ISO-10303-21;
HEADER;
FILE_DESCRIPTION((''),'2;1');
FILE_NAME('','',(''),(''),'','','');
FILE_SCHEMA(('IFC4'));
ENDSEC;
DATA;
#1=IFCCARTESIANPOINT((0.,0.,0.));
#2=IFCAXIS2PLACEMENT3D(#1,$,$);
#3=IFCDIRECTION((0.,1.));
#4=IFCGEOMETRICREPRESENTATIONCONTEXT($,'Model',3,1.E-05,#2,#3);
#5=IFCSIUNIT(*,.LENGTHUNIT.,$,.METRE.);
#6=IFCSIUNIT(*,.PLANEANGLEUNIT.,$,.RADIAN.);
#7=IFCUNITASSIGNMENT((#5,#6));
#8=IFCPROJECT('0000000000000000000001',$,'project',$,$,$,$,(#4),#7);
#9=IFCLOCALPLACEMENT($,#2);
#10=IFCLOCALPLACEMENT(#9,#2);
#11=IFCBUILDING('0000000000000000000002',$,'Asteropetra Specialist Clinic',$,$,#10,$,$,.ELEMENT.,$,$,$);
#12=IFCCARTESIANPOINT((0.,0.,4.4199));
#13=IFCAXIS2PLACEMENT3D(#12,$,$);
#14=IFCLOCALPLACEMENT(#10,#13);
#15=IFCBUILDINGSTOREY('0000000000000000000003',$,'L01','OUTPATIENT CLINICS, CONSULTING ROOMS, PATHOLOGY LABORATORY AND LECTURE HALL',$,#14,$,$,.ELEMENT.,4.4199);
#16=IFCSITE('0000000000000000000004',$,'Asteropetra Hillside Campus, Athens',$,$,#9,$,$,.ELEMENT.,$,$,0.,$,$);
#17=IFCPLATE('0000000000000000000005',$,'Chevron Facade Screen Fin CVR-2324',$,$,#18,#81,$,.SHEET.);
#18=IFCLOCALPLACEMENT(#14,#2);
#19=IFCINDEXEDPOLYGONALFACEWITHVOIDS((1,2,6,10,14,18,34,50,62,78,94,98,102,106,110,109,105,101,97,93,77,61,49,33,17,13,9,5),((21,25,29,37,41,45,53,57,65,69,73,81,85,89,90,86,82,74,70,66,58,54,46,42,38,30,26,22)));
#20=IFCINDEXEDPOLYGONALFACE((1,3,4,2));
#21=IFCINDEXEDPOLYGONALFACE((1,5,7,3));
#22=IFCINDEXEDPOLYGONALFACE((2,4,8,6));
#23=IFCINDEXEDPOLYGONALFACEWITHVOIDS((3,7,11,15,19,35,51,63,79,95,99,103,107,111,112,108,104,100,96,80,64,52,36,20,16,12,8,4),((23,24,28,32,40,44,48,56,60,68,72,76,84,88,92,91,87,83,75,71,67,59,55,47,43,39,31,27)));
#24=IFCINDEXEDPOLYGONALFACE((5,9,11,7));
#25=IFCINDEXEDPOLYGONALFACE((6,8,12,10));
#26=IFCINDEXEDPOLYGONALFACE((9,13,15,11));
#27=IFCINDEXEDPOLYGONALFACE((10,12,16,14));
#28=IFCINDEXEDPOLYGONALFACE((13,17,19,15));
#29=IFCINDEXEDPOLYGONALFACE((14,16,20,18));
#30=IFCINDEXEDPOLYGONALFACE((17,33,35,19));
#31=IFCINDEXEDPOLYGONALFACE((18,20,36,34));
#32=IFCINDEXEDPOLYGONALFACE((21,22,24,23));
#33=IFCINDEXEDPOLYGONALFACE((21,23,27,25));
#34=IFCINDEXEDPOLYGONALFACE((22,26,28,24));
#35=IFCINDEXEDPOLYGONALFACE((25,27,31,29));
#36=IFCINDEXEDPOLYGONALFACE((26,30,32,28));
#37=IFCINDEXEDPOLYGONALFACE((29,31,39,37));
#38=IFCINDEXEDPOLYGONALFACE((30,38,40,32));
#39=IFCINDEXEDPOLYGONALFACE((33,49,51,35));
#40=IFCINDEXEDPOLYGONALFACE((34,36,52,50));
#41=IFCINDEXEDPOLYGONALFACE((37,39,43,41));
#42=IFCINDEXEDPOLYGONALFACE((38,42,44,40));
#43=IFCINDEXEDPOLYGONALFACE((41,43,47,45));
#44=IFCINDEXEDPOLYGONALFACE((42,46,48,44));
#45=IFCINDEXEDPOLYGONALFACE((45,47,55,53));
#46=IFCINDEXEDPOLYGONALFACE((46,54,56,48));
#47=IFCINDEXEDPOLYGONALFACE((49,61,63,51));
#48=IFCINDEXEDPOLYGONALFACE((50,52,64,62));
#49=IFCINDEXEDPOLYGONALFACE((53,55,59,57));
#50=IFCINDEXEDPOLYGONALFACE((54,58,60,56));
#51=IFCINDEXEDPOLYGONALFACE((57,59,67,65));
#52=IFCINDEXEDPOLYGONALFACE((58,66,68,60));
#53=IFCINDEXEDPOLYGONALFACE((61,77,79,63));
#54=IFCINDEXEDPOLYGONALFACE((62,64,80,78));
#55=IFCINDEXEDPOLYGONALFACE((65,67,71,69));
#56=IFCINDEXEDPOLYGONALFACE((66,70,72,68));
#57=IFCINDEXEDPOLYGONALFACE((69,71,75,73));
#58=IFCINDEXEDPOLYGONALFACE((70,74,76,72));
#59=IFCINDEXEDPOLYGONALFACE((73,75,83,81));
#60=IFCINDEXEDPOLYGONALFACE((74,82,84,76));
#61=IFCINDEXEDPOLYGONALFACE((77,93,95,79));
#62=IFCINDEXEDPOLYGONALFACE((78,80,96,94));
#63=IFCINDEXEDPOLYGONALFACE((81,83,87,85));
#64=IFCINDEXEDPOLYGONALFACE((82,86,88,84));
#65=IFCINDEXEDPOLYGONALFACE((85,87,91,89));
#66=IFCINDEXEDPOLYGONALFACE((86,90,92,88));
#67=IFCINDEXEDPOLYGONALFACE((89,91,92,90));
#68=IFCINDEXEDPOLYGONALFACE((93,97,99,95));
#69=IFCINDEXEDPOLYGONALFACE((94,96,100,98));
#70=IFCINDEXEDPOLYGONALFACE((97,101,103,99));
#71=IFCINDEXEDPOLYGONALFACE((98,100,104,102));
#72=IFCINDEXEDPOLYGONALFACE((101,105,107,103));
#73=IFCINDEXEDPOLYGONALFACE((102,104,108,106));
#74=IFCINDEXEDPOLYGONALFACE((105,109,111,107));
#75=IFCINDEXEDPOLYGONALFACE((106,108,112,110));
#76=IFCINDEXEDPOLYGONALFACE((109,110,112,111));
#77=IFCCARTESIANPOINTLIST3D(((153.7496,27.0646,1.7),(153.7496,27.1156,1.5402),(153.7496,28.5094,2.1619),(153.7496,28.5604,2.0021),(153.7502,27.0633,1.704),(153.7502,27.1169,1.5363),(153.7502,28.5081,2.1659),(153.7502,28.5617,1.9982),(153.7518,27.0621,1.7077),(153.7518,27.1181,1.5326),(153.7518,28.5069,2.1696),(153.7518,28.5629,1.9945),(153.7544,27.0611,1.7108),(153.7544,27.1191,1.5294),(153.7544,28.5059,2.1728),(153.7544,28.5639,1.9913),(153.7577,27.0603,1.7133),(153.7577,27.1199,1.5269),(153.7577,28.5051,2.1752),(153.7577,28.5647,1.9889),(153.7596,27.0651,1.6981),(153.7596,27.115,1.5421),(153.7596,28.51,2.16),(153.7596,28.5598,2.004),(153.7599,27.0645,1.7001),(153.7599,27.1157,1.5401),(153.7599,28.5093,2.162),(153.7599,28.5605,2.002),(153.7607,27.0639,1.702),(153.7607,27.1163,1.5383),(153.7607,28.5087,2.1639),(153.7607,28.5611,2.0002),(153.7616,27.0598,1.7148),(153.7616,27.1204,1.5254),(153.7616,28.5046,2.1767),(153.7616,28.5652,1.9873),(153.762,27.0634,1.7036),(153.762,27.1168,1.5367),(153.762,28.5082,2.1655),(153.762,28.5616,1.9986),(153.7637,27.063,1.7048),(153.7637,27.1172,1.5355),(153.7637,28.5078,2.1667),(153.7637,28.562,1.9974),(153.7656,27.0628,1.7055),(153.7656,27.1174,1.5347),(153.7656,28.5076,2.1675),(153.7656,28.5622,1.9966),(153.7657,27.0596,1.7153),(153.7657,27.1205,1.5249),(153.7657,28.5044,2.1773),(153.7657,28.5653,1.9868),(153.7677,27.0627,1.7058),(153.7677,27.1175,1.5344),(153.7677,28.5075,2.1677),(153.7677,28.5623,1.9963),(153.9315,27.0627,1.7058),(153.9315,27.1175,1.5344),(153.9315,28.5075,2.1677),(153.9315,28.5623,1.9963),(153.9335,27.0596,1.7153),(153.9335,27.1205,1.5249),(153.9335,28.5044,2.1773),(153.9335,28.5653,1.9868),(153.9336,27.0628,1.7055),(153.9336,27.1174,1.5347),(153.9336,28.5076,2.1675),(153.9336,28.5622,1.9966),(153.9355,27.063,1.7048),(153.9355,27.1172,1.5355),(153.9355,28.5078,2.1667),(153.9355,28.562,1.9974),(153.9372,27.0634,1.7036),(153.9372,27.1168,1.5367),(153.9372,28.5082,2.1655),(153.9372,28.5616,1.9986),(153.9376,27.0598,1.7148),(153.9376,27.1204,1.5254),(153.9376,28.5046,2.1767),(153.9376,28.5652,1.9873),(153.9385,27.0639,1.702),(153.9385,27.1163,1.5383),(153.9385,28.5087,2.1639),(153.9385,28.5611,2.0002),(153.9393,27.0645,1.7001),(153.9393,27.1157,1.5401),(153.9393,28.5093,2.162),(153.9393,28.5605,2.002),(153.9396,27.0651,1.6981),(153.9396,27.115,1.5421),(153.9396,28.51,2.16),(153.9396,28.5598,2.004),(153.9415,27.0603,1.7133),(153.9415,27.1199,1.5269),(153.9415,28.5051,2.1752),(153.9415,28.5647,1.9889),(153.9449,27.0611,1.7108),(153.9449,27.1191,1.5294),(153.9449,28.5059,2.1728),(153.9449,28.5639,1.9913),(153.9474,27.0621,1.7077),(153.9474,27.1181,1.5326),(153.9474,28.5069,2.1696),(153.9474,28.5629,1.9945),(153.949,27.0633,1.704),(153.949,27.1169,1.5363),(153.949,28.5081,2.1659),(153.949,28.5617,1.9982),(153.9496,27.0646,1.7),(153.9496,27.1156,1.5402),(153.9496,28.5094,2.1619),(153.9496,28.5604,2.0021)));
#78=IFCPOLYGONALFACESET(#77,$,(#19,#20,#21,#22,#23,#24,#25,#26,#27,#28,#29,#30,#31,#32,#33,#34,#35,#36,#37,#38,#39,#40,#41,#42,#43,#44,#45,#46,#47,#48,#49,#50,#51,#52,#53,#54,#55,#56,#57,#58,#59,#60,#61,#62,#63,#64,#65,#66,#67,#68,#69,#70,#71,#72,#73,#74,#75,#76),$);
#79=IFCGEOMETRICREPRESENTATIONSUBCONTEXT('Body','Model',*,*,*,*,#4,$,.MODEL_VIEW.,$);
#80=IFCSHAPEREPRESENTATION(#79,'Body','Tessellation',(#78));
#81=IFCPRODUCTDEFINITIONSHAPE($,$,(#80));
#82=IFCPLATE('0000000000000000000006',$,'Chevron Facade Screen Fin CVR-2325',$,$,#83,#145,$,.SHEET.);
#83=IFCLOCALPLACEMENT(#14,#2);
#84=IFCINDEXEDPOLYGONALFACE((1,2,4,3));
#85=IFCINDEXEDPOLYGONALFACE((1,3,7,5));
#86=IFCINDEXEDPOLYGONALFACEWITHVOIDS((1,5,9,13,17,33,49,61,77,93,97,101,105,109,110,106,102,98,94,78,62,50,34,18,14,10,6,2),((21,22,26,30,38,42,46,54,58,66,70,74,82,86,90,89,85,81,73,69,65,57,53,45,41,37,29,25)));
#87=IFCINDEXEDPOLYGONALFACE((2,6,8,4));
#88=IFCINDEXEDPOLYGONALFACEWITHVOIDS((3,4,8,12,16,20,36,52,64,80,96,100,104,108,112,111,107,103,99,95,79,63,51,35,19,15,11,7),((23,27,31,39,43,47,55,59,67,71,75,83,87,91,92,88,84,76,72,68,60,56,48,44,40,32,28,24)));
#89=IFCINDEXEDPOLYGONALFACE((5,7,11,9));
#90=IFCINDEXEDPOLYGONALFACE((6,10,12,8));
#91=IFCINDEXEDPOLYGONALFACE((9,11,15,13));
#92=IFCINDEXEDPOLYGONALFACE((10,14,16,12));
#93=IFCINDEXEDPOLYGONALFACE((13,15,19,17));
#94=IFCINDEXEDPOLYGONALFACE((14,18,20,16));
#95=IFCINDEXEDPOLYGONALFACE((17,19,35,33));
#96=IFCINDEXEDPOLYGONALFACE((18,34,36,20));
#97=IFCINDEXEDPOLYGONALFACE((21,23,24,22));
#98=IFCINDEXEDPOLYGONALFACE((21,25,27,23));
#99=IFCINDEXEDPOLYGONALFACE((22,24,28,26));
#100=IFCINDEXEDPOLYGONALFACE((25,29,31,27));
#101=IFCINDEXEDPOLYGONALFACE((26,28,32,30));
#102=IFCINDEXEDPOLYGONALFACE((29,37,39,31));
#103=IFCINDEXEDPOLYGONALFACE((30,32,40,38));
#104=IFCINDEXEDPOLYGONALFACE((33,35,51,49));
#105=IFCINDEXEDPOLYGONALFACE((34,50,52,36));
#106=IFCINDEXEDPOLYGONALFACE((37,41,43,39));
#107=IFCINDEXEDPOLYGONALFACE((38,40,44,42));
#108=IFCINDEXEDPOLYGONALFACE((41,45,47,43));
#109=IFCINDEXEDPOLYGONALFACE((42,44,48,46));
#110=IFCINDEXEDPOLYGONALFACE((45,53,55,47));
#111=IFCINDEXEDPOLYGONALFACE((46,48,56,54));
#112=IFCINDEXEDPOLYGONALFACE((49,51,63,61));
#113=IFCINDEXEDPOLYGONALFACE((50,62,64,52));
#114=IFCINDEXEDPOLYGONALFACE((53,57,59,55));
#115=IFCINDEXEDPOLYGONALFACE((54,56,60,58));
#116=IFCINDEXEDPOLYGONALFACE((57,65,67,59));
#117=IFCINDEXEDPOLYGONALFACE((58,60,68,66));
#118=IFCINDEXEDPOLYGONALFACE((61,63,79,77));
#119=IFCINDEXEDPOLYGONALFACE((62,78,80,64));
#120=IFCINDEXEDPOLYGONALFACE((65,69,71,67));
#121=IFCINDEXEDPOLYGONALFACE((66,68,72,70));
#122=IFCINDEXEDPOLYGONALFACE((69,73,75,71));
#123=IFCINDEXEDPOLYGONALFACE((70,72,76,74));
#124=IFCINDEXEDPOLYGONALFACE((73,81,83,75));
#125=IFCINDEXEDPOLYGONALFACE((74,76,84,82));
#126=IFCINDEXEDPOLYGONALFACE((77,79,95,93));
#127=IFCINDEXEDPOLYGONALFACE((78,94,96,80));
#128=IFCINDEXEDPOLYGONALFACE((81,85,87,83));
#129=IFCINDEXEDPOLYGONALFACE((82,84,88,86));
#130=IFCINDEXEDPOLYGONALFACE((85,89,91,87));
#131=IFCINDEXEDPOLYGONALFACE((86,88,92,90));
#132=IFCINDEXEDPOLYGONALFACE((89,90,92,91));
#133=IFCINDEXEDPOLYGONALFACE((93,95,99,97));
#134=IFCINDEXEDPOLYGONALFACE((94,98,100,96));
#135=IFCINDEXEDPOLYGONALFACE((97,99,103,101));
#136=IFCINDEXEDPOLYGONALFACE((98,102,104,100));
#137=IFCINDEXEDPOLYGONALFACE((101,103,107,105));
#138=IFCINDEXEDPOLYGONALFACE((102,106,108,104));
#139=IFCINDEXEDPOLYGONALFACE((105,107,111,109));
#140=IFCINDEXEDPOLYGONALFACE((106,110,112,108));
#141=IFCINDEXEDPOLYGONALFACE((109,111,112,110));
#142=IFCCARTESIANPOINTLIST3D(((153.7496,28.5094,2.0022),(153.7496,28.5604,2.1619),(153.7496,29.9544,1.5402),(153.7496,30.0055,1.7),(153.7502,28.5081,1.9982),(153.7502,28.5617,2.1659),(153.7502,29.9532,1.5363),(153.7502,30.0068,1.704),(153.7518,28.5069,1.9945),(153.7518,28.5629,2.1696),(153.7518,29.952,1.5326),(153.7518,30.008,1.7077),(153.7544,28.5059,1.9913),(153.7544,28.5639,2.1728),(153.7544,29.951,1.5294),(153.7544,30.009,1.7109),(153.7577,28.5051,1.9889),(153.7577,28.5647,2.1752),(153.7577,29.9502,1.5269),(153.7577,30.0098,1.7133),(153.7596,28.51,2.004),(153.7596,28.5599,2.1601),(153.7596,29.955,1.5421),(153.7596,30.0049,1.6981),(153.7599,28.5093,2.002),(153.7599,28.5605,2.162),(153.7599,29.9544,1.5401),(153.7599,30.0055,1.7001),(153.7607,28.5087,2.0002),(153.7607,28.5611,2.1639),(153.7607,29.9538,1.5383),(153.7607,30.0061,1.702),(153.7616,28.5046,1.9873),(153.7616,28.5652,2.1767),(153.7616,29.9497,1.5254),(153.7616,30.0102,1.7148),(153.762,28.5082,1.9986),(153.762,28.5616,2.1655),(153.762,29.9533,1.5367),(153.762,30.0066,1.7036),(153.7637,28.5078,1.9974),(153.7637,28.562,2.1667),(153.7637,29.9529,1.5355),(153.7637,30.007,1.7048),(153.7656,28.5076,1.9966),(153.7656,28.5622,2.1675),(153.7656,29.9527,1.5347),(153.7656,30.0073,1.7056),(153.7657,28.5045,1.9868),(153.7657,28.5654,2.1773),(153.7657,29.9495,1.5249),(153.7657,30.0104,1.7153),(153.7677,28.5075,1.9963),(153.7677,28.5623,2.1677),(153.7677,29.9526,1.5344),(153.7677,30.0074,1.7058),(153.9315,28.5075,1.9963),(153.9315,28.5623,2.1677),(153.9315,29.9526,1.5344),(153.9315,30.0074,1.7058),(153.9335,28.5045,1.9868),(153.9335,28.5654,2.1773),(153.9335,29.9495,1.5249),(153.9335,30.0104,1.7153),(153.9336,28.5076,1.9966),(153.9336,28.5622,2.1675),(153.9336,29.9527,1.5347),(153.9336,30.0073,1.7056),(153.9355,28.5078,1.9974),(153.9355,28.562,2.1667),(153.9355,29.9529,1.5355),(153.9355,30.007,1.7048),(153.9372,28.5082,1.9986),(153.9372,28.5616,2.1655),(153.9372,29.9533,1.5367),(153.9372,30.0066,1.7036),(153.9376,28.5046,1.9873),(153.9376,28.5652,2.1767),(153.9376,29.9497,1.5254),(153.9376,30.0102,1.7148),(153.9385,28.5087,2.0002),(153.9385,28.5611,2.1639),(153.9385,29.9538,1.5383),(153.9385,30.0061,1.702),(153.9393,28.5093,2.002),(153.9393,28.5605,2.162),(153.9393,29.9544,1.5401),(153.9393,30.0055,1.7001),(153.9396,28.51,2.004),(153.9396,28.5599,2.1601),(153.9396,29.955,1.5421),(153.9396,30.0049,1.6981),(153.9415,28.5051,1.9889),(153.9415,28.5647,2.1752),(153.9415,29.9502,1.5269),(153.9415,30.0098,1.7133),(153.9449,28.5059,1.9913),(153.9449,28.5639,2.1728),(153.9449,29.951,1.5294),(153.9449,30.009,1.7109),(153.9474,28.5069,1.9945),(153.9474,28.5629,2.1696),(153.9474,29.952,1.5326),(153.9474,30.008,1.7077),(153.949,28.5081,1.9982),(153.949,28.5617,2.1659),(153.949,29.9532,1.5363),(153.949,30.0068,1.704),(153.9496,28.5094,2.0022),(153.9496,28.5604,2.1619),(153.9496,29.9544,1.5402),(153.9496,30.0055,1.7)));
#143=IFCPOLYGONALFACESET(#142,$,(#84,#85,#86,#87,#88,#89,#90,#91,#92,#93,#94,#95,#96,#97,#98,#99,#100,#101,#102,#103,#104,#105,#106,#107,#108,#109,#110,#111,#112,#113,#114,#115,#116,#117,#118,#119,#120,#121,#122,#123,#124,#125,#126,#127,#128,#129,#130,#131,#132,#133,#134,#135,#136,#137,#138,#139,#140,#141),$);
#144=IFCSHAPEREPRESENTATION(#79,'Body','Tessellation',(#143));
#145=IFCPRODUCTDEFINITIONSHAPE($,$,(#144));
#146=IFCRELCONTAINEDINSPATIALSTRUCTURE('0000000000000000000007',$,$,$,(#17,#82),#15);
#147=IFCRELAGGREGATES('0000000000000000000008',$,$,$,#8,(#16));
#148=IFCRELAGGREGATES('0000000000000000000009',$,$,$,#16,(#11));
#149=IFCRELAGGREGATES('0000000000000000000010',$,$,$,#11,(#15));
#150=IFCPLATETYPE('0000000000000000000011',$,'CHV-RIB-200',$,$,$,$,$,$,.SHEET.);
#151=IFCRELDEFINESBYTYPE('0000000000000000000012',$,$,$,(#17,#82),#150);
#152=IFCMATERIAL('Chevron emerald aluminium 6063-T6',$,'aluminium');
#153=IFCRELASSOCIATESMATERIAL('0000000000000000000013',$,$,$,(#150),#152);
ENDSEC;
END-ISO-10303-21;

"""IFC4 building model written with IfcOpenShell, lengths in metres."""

from ifc_helpers import new_model, si_unit, direction, frame, origin, origin_2d, place, context, subcontext, project, spatial, hollow_rectangle, extrude, material, material_profile, profile_set, type_object, element, save


model = new_model("IFC4")

# Units and contexts
model_context = context("Model", 3, precision=1e-05, world=origin(), true_north=direction((0.0, 1.0)))
body_context = subcontext(model_context, "Body", "Model", "MODEL_VIEW")
ifc_project = project(units=[si_unit("LENGTHUNIT", "METRE"), si_unit("PLANEANGLEUNIT", "RADIAN")], contexts=[model_context])

# Site, building, storey
site_placement = place(None, origin())
site = spatial("IfcSite", under=ifc_project, at=site_placement, Name="Asteropetra Hillside Campus, Athens", CompositionType="ELEMENT", RefElevation=0.0)
building_placement = place(site_placement, origin())
building = spatial("IfcBuilding", under=site, at=building_placement, Name="Asteropetra Specialist Clinic", CompositionType="ELEMENT")
storey_placement = place(building_placement, frame((0.0, 0.0, 4.4199)))
storey = spatial("IfcBuildingStorey", under=building, at=storey_placement, Name="L01", Description="OUTPATIENT CLINICS, CONSULTING ROOMS, PATHOLOGY LABORATORY AND LECTURE HALL", CompositionType="ELEMENT", Elevation=4.4199)

# Plates
ifc_material_1 = material(Name="Chevron emerald aluminium 6063-T6", Category="aluminium")
ifc_material_profile = material_profile(ifc_material_1, hollow_rectangle(XDim=0.2, YDim=0.2, WallThickness=0.01, InnerFilletRadius=0.0081, OuterFilletRadius=0.0161, at=origin_2d()), Name="SHS 200x200x10.0")
ifc_profile_set = profile_set([ifc_material_profile], Name="Chevron emerald aluminium 6063-T6")
plate_type = type_object("IfcPlateType", Name="CHV-RIB-200", PredefinedType="SHEET", material=ifc_profile_set)
plate_1_placement = place(storey_placement, frame((153.8496, 27.0901, 1.6201), z_axis=(0.0, 0.952506, 0.304519), x_axis=(-1.0, 0.0, 0.0)))
element("IfcPlate", 1, at=plate_1_placement, inside=storey, type_object=plate_type, Name="Chevron Facade Screen Fin CVR-2324", PredefinedType="SHEET", context=body_context, shape_type="SweptSolid", body=[
    extrude(hollow_rectangle(XDim=0.2, YDim=0.2, WallThickness=0.01, InnerFilletRadius=0.0081, OuterFilletRadius=0.0161, at=origin_2d()), origin(), (0.0, 0.0, 1.0), 1.5168),
])
plate_2_placement = place(storey_placement, frame((153.8496, 28.5349, 2.082), z_axis=(0.0, 0.952521, -0.304472), x_axis=(-1.0, 0.0, 0.0)))
element("IfcPlate", 2, at=plate_2_placement, inside=storey, type_object=plate_type, Name="Chevron Facade Screen Fin CVR-2325", PredefinedType="SHEET", context=body_context, shape_type="SweptSolid", body=[
    extrude(hollow_rectangle(XDim=0.2, YDim=0.2, WallThickness=0.01, InnerFilletRadius=0.0081, OuterFilletRadius=0.0161, at=origin_2d()), origin(), (0.0, 0.0, 1.0), 1.5171),
])

save(model, "model.ifc")
